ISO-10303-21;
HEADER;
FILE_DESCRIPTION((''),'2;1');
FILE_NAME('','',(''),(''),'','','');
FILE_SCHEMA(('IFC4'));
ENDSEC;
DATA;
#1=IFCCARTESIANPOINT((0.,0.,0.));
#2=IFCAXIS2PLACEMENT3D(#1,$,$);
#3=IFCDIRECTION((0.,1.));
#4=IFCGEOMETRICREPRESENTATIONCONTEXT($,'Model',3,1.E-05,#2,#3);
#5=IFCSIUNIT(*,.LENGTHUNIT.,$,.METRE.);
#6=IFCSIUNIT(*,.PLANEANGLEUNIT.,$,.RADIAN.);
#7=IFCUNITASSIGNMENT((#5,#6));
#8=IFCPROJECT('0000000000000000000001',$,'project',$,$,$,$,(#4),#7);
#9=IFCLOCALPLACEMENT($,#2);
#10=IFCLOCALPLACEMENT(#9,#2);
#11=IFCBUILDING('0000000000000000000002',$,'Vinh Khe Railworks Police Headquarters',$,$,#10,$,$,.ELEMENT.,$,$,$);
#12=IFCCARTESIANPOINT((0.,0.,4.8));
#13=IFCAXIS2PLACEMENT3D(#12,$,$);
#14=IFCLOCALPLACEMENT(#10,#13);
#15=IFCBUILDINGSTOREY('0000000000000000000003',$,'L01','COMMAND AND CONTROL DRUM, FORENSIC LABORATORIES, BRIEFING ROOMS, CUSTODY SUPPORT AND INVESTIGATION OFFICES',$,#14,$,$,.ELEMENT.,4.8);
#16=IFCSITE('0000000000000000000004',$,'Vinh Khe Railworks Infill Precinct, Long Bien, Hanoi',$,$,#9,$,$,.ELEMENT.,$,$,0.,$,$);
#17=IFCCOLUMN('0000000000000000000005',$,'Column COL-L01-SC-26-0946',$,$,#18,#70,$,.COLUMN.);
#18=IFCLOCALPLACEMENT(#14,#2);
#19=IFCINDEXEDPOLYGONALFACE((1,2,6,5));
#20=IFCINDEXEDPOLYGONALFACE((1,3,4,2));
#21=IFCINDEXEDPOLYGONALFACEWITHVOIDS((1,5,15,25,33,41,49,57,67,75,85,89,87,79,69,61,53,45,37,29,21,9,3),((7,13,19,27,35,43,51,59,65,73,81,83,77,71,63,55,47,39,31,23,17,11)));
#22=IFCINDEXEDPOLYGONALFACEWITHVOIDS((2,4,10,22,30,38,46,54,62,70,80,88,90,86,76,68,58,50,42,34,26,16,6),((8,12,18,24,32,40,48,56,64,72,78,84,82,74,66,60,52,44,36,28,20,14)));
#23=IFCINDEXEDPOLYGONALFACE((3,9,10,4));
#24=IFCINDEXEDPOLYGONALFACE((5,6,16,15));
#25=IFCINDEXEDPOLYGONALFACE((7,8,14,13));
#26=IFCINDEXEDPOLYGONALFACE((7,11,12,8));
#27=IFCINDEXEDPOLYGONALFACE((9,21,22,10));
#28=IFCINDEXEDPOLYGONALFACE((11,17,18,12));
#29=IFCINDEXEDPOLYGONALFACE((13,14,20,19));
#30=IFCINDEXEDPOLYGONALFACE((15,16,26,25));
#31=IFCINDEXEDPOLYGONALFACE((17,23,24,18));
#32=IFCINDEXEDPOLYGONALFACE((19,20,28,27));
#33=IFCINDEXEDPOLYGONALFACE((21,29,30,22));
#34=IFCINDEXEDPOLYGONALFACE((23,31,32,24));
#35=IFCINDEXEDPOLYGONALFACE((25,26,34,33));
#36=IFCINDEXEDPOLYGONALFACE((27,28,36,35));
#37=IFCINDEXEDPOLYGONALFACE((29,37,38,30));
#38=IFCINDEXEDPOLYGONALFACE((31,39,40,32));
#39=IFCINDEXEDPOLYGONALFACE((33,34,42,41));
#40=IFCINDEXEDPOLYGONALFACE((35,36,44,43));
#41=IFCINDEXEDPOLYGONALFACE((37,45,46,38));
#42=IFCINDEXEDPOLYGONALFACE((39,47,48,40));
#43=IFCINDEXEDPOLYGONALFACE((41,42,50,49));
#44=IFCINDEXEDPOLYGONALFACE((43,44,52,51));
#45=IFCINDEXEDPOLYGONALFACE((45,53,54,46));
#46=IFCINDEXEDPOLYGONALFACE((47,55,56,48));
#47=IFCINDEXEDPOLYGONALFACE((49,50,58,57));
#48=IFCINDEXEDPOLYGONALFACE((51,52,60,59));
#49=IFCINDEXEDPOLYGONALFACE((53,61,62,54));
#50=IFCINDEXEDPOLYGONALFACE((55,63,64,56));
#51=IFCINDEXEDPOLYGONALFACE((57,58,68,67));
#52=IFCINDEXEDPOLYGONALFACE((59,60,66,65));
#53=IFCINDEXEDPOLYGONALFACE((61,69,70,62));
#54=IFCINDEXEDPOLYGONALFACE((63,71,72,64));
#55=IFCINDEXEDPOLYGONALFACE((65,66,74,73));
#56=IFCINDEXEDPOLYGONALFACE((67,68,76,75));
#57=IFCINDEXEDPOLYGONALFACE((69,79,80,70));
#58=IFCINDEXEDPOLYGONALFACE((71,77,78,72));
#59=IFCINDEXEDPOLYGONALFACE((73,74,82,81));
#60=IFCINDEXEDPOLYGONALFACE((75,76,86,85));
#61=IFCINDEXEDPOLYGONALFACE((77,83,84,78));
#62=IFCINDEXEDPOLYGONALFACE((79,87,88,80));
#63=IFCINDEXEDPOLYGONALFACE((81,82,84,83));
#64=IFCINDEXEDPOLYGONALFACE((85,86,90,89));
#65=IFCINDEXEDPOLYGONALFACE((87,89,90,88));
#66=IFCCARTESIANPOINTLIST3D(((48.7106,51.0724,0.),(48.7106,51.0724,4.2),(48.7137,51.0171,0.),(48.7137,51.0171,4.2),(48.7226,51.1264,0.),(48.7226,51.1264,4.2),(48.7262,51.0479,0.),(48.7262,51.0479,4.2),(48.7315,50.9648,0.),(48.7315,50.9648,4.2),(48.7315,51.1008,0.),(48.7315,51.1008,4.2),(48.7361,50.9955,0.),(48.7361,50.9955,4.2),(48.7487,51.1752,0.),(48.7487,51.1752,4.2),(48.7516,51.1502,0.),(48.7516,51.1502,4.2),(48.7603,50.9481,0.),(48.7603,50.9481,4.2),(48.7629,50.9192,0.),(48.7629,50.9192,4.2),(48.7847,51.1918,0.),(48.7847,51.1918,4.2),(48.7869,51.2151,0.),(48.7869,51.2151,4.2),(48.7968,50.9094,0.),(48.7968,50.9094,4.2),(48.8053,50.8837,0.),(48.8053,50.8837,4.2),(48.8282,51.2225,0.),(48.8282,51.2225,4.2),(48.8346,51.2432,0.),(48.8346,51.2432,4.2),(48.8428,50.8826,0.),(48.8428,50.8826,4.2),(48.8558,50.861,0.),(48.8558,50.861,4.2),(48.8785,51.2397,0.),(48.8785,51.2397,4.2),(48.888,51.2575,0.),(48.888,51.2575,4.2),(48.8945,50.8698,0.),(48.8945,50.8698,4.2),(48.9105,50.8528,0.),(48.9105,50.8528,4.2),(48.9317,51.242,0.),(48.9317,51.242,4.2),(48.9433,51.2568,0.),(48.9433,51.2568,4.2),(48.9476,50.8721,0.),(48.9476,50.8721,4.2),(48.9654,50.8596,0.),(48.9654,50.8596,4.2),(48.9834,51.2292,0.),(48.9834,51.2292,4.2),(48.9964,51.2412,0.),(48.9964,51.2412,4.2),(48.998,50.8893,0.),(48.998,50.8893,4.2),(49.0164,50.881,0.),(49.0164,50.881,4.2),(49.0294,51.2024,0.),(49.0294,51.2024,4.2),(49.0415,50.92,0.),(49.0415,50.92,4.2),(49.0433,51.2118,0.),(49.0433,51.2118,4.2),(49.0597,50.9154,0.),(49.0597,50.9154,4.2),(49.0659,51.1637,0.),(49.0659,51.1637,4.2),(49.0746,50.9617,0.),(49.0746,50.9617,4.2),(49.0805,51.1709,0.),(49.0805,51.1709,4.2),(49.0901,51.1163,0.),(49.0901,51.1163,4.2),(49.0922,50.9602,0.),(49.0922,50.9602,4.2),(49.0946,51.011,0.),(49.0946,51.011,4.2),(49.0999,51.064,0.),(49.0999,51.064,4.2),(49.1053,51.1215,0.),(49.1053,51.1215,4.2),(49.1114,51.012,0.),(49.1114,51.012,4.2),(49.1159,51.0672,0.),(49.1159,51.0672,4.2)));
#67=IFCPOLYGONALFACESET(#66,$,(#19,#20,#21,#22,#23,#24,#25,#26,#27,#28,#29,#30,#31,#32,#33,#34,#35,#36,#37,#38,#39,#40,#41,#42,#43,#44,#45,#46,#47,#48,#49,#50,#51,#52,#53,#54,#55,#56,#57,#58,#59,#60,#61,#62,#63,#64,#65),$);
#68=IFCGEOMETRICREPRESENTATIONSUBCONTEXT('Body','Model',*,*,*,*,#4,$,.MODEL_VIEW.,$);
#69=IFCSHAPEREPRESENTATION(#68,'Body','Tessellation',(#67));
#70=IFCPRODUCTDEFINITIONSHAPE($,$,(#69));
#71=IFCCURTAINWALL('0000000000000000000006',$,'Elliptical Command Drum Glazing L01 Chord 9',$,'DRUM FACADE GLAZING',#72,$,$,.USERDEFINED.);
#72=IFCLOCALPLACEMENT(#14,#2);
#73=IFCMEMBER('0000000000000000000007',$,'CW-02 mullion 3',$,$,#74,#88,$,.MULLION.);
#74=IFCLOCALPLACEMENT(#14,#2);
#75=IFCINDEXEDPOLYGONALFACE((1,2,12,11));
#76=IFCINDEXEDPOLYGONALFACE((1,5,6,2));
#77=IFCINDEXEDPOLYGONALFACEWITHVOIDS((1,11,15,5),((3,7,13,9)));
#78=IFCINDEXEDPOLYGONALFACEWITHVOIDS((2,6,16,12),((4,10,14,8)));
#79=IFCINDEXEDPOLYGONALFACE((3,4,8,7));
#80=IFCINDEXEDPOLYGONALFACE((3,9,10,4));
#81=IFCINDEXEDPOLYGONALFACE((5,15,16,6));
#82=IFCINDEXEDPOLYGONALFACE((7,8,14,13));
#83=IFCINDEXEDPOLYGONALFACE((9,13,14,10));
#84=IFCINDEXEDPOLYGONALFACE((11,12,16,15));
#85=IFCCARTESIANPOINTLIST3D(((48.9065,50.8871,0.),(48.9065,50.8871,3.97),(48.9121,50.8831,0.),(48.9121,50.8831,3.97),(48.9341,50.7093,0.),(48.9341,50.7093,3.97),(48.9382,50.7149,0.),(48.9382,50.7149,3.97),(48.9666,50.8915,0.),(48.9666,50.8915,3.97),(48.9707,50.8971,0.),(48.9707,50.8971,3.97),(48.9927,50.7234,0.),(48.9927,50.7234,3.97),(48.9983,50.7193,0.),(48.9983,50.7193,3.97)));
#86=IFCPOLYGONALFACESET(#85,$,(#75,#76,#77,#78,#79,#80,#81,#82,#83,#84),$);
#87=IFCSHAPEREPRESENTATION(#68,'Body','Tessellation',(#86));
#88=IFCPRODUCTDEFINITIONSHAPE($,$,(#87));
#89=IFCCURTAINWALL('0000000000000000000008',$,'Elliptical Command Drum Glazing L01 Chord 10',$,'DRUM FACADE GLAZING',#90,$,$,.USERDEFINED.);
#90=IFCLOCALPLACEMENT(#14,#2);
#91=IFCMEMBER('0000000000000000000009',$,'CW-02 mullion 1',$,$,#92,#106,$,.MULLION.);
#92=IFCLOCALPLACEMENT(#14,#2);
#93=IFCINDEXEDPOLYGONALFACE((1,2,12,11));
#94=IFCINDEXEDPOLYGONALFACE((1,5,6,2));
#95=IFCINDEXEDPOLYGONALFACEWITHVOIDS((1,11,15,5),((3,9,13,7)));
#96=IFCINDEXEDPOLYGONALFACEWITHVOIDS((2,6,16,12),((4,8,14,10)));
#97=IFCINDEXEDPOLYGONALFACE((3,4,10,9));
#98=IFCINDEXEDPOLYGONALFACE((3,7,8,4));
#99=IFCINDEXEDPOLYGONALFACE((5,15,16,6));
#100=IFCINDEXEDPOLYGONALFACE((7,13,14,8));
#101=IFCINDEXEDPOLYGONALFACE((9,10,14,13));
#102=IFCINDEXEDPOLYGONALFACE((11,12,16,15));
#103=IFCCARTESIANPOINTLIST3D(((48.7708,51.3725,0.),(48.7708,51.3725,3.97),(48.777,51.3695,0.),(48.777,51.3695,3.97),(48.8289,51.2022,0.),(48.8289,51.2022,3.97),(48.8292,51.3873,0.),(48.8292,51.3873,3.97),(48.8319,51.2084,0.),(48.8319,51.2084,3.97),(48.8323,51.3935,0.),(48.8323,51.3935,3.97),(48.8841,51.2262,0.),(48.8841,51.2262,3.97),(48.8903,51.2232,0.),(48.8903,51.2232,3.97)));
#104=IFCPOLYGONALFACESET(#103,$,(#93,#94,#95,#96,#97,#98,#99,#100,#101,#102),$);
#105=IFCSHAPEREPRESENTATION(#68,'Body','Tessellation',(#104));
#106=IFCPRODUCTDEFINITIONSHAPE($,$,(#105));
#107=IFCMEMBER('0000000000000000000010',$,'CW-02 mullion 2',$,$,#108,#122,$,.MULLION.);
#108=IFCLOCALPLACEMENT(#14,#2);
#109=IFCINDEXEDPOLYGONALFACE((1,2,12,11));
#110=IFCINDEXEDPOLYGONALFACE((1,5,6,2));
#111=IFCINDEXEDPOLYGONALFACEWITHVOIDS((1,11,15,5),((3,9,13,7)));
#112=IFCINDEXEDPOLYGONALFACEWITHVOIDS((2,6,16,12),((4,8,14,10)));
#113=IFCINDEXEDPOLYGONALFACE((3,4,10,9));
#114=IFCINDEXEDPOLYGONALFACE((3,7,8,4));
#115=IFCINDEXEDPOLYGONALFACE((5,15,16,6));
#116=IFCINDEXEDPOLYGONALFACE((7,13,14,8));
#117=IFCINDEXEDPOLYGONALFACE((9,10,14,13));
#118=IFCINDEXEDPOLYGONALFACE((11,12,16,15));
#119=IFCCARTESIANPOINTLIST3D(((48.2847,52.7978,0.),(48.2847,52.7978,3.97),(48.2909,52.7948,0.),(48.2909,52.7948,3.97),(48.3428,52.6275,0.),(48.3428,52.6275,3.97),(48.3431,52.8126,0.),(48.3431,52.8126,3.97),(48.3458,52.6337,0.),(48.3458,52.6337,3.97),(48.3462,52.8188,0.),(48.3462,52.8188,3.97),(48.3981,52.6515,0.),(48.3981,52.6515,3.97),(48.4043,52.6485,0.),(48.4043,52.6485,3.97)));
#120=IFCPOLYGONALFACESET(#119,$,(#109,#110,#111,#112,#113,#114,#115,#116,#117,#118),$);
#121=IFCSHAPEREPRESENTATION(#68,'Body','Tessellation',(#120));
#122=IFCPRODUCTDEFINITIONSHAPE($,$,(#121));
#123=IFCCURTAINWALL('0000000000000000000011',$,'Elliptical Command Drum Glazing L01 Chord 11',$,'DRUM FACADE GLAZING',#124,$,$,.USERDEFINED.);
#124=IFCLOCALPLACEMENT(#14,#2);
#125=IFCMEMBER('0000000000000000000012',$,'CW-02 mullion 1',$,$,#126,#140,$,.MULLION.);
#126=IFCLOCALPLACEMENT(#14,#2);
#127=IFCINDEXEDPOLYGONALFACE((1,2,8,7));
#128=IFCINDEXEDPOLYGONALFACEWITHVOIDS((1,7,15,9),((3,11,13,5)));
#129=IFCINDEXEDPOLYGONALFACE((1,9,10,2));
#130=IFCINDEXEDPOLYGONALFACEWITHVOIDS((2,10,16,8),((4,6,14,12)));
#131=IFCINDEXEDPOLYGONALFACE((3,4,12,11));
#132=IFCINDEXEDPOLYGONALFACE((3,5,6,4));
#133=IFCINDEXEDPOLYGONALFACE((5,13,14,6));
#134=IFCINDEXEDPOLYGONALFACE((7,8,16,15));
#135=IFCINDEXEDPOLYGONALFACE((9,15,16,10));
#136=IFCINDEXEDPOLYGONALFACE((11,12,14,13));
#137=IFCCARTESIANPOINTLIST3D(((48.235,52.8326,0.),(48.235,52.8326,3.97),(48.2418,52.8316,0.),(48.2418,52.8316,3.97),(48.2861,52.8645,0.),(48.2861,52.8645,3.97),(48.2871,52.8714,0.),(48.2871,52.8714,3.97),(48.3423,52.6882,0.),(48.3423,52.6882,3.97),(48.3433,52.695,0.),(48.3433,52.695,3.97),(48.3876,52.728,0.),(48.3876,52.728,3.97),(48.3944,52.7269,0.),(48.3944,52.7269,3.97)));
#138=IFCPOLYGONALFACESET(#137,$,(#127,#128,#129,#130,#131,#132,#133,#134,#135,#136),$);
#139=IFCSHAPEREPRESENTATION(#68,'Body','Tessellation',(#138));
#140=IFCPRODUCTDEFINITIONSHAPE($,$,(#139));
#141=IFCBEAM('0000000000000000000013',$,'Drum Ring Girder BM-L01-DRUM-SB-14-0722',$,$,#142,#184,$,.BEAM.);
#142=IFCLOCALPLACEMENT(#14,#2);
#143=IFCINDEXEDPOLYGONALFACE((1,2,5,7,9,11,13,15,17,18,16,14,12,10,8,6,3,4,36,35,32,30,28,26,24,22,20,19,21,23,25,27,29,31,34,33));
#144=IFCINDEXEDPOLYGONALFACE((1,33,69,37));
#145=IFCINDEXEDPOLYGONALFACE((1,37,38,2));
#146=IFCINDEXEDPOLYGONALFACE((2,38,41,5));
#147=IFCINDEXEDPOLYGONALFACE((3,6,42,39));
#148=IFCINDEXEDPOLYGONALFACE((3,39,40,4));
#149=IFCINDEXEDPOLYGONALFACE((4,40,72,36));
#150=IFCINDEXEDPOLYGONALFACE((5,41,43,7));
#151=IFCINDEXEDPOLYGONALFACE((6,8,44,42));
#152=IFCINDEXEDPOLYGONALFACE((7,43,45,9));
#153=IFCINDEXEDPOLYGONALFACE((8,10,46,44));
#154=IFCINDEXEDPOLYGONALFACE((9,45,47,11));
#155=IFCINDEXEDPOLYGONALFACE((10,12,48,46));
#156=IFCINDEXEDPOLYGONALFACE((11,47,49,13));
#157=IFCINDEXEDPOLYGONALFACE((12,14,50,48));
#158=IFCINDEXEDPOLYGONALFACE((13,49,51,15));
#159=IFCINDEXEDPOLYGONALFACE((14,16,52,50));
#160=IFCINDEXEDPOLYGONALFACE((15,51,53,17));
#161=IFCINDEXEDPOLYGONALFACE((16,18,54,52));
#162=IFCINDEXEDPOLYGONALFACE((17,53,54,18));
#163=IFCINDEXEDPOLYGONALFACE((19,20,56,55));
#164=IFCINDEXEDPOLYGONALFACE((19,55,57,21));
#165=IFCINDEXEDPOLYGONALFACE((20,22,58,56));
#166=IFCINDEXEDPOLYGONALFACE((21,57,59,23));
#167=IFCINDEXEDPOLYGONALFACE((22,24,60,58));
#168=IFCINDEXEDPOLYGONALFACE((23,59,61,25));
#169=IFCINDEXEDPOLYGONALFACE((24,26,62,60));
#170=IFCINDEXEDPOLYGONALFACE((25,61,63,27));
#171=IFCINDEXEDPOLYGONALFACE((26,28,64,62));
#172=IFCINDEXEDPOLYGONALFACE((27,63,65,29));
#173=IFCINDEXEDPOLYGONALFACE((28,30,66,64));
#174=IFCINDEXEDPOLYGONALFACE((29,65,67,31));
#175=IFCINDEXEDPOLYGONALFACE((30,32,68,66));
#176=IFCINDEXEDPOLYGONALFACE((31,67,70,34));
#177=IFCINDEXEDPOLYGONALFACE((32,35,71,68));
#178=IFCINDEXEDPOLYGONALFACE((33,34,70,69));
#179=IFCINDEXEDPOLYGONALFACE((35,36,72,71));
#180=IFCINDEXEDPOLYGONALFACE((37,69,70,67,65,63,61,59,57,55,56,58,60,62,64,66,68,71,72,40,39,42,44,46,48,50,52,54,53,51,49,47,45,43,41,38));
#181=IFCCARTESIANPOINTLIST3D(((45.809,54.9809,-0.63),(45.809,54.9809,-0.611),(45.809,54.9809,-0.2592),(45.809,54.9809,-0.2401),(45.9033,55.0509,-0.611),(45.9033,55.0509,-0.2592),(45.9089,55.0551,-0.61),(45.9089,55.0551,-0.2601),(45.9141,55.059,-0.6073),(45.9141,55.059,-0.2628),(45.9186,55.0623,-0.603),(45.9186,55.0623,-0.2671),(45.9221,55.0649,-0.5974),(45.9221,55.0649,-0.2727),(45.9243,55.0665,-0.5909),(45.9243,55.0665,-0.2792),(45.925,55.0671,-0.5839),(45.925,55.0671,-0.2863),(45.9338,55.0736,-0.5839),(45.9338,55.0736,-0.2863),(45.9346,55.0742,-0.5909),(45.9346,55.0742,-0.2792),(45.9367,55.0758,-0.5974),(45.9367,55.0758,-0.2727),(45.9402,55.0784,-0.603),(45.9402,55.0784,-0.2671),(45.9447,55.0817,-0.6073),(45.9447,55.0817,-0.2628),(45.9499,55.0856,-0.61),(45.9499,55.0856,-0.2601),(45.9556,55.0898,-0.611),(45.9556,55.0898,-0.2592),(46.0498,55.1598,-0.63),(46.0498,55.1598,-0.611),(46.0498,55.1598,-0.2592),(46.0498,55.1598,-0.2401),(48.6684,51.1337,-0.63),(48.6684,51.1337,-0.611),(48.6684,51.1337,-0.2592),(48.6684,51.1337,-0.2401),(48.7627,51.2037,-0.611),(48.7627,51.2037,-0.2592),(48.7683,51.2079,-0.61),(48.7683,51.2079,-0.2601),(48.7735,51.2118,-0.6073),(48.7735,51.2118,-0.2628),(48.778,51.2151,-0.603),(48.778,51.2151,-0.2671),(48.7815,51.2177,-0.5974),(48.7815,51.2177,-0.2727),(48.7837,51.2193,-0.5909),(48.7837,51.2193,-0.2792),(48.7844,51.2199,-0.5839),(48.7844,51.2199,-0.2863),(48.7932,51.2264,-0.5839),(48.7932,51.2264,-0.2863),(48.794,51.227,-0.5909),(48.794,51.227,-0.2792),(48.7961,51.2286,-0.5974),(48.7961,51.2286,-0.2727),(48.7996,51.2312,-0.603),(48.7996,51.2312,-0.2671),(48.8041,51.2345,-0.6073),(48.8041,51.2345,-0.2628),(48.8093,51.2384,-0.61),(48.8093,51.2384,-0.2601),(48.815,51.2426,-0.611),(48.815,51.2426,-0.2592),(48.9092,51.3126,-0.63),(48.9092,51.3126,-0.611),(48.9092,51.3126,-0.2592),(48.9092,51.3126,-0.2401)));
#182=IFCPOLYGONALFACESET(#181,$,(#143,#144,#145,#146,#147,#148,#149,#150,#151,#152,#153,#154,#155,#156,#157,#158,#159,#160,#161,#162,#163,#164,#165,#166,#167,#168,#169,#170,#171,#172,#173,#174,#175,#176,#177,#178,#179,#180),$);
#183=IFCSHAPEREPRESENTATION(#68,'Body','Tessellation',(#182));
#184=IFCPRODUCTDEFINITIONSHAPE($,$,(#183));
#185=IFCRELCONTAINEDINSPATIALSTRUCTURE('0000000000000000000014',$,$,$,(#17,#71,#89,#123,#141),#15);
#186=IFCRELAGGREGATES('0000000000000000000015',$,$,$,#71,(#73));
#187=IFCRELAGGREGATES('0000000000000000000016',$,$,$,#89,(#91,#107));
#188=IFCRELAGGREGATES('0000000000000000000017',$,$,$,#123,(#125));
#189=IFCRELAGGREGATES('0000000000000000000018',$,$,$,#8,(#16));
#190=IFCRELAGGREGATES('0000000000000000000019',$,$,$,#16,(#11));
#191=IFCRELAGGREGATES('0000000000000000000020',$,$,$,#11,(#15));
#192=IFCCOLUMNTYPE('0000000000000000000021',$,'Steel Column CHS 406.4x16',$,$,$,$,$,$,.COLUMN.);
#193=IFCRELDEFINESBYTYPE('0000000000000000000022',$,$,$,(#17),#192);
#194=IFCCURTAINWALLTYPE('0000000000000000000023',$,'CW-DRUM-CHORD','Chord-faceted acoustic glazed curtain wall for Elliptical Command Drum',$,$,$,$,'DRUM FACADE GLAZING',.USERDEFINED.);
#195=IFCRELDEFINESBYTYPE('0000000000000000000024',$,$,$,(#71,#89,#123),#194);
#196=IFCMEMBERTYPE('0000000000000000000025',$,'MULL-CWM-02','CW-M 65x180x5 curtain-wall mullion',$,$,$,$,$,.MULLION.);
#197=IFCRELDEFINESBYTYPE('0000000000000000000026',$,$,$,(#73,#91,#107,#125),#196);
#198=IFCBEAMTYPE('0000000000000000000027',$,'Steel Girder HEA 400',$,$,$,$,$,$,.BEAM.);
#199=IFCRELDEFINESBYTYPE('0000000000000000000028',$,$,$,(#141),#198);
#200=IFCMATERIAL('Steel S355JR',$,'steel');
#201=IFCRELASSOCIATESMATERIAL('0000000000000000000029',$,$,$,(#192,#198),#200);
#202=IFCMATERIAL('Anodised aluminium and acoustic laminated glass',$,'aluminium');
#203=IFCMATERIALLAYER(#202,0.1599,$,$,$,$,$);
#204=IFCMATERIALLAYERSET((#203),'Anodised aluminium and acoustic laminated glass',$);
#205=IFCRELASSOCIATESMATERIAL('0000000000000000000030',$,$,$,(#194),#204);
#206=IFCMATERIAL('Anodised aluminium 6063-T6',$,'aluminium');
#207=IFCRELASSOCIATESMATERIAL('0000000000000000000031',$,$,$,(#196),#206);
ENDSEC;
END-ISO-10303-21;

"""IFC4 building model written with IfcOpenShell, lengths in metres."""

from ifc_helpers import new_model, si_unit, direction, frame, origin, origin_2d, place, context, subcontext, project, spatial, hollow_rectangle, hollow_circle, i_section, extrude, material, layer, layer_set, material_profile, profile_set, type_object, element, aggregate, save


model = new_model("IFC4")

# Units and contexts
model_context = context("Model", 3, precision=1e-05, world=origin(), true_north=direction((0.0, 1.0)))
body_context = subcontext(model_context, "Body", "Model", "MODEL_VIEW")
ifc_project = project(units=[si_unit("LENGTHUNIT", "METRE"), si_unit("PLANEANGLEUNIT", "RADIAN")], contexts=[model_context])

# Site, building, storey
site_placement = place(None, origin())
site = spatial("IfcSite", under=ifc_project, at=site_placement, Name="Vinh Khe Railworks Infill Precinct, Long Bien, Hanoi", CompositionType="ELEMENT", RefElevation=0.0)
building_placement = place(site_placement, origin())
building = spatial("IfcBuilding", under=site, at=building_placement, Name="Vinh Khe Railworks Police Headquarters", CompositionType="ELEMENT")
storey_placement = place(building_placement, frame((0.0, 0.0, 4.8)))
storey = spatial("IfcBuildingStorey", under=building, at=storey_placement, Name="L01", Description="COMMAND AND CONTROL DRUM, FORENSIC LABORATORIES, BRIEFING ROOMS, CUSTODY SUPPORT AND INVESTIGATION OFFICES", CompositionType="ELEMENT", Elevation=4.8)

# Column
ifc_material_1 = material(Name="Steel S355JR", Category="steel")
ifc_material_profile_1 = material_profile(ifc_material_1, hollow_circle(Radius=0.2031, WallThickness=0.0161, at=origin_2d()), Name="CHS 406.4x16")
ifc_profile_set_1 = profile_set([ifc_material_profile_1], Name="Steel S355JR")
column_type = type_object("IfcColumnType", Name="Steel Column CHS 406.4x16", PredefinedType="COLUMN", material=ifc_profile_set_1)
column_placement = place(storey_placement, frame((48.9131, 51.0559, 0.0), z_axis=(0.0, 0.0, 1.0), x_axis=(0.94648, 0.322761, 0.0)))
element("IfcColumn", 1, at=column_placement, inside=storey, type_object=column_type, Name="Column COL-L01-SC-26-0946", PredefinedType="COLUMN", context=body_context, shape_type="SweptSolid", body=[
    extrude(hollow_circle(Radius=0.2031, WallThickness=0.0161, at=origin_2d()), origin(), (0.0, 0.0, 1.0), 4.2),
])

# Curtain wall, member
ifc_material_2 = material(Name="Anodised aluminium and acoustic laminated glass", Category="aluminium")
ifc_layer_1 = layer(ifc_material_2, 0.1599)
ifc_layer_set_1 = layer_set([ifc_layer_1], Name="Anodised aluminium and acoustic laminated glass")
curtain_wall_type = type_object("IfcCurtainWallType", Name="CW-DRUM-CHORD", Description="Chord-faceted acoustic glazed curtain wall for Elliptical Command Drum", ElementType="DRUM FACADE GLAZING", PredefinedType="USERDEFINED", material=ifc_layer_set_1)
curtain_wall_1_placement = place(storey_placement, origin())
curtain_wall_1 = element("IfcCurtainWall", 2, at=curtain_wall_1_placement, inside=storey, type_object=curtain_wall_type, Name="Elliptical Command Drum Glazing L01 Chord 9", ObjectType="DRUM FACADE GLAZING", PredefinedType="USERDEFINED")
ifc_material_3 = material(Name="Anodised aluminium 6063-T6", Category="aluminium")
ifc_material_profile_2 = material_profile(ifc_material_3, hollow_rectangle(XDim=0.0649, YDim=0.1799, WallThickness=0.0049, at=origin_2d()), Name="CW-M 65x180x5")
ifc_profile_set_2 = profile_set([ifc_material_profile_2], Name="Anodised aluminium 6063-T6")
member_type_1 = type_object("IfcMemberType", Name="MULL-CWM-02", Description="CW-M 65x180x5 curtain-wall mullion", PredefinedType="MULLION", material=ifc_profile_set_2)
member_1_placement = place(storey_placement, frame((48.9524, 50.8032, 0.0), z_axis=(0.0, 0.0, 1.0), x_axis=(-0.98815, -0.15349, 0.0)))
member_1 = element("IfcMember", 3, at=member_1_placement, type_object=member_type_1, Name="CW-02 mullion 3", PredefinedType="MULLION", context=body_context, shape_type="SweptSolid", body=[
    extrude(hollow_rectangle(XDim=0.0649, YDim=0.1799, WallThickness=0.0049, at=origin_2d()), origin(), (0.0, 0.0, 1.0), 3.97),
])

# Curtain wall, members
curtain_wall_2_placement = place(storey_placement, origin())
curtain_wall_2 = element("IfcCurtainWall", 4, at=curtain_wall_2_placement, inside=storey, type_object=curtain_wall_type, Name="Elliptical Command Drum Glazing L01 Chord 10", ObjectType="DRUM FACADE GLAZING", PredefinedType="USERDEFINED")
member_2_placement = place(storey_placement, frame((48.8306, 51.2979, 0.0), z_axis=(0.0, 0.0, 1.0), x_axis=(-0.946484, -0.32275, 0.0)))
member_2 = element("IfcMember", 5, at=member_2_placement, type_object=member_type_1, Name="CW-02 mullion 1", PredefinedType="MULLION", context=body_context, shape_type="SweptSolid", body=[
    extrude(hollow_rectangle(XDim=0.0649, YDim=0.1799, WallThickness=0.0049, at=origin_2d()), origin(), (0.0, 0.0, 1.0), 3.97),
])
member_3_placement = place(storey_placement, frame((48.3445, 52.7231, 0.0), z_axis=(0.0, 0.0, 1.0), x_axis=(-0.946484, -0.32275, 0.0)))
member_3 = element("IfcMember", 6, at=member_3_placement, type_object=member_type_1, Name="CW-02 mullion 2", PredefinedType="MULLION", context=body_context, shape_type="SweptSolid", body=[
    extrude(hollow_rectangle(XDim=0.0649, YDim=0.1799, WallThickness=0.0049, at=origin_2d()), origin(), (0.0, 0.0, 1.0), 3.97),
])

# Curtain wall, member
curtain_wall_3_placement = place(storey_placement, origin())
curtain_wall_3 = element("IfcCurtainWall", 7, at=curtain_wall_3_placement, inside=storey, type_object=curtain_wall_type, Name="Elliptical Command Drum Glazing L01 Chord 11", ObjectType="DRUM FACADE GLAZING", PredefinedType="USERDEFINED")
member_4_placement = place(storey_placement, frame((48.3147, 52.7798, 0.0), z_axis=(0.0, 0.0, 1.0), x_axis=(-0.802592, -0.596528, 0.0)))
member_4 = element("IfcMember", 8, at=member_4_placement, type_object=member_type_1, Name="CW-02 mullion 1", PredefinedType="MULLION", context=body_context, shape_type="SweptSolid", body=[
    extrude(hollow_rectangle(XDim=0.0649, YDim=0.1799, WallThickness=0.0049, at=origin_2d()), origin(), (0.0, 0.0, 1.0), 3.97),
])

# Beam
ifc_material_profile_3 = material_profile(ifc_material_1, i_section(OverallWidth=0.3, OverallDepth=0.3899, WebThickness=0.011, FlangeThickness=0.019, FilletRadius=0.0271, at=origin_2d()), Name="HEA 400")
ifc_profile_set_3 = profile_set([ifc_material_profile_3], Name="Steel S355JR")
beam_type = type_object("IfcBeamType", Name="Steel Girder HEA 400", PredefinedType="BEAM", material=ifc_profile_set_3)
beam_placement = place(storey_placement, frame((48.7888, 51.2231, -0.4351), z_axis=(-0.596523, 0.802596, 0.0), x_axis=(-0.802596, -0.596523, 0.0)))
element("IfcBeam", 9, at=beam_placement, inside=storey, type_object=beam_type, Name="Drum Ring Girder BM-L01-DRUM-SB-14-0722", PredefinedType="BEAM", context=body_context, shape_type="SweptSolid", body=[
    extrude(i_section(OverallWidth=0.3, OverallDepth=0.3899, WebThickness=0.011, FlangeThickness=0.019, FilletRadius=0.0271, at=origin_2d()), origin(), (0.0, 0.0, 1.0), 4.7935),
])

aggregate(curtain_wall_1, [member_1])
aggregate(curtain_wall_2, [member_2, member_3])
aggregate(curtain_wall_3, [member_4])

save(model, "model.ifc")
